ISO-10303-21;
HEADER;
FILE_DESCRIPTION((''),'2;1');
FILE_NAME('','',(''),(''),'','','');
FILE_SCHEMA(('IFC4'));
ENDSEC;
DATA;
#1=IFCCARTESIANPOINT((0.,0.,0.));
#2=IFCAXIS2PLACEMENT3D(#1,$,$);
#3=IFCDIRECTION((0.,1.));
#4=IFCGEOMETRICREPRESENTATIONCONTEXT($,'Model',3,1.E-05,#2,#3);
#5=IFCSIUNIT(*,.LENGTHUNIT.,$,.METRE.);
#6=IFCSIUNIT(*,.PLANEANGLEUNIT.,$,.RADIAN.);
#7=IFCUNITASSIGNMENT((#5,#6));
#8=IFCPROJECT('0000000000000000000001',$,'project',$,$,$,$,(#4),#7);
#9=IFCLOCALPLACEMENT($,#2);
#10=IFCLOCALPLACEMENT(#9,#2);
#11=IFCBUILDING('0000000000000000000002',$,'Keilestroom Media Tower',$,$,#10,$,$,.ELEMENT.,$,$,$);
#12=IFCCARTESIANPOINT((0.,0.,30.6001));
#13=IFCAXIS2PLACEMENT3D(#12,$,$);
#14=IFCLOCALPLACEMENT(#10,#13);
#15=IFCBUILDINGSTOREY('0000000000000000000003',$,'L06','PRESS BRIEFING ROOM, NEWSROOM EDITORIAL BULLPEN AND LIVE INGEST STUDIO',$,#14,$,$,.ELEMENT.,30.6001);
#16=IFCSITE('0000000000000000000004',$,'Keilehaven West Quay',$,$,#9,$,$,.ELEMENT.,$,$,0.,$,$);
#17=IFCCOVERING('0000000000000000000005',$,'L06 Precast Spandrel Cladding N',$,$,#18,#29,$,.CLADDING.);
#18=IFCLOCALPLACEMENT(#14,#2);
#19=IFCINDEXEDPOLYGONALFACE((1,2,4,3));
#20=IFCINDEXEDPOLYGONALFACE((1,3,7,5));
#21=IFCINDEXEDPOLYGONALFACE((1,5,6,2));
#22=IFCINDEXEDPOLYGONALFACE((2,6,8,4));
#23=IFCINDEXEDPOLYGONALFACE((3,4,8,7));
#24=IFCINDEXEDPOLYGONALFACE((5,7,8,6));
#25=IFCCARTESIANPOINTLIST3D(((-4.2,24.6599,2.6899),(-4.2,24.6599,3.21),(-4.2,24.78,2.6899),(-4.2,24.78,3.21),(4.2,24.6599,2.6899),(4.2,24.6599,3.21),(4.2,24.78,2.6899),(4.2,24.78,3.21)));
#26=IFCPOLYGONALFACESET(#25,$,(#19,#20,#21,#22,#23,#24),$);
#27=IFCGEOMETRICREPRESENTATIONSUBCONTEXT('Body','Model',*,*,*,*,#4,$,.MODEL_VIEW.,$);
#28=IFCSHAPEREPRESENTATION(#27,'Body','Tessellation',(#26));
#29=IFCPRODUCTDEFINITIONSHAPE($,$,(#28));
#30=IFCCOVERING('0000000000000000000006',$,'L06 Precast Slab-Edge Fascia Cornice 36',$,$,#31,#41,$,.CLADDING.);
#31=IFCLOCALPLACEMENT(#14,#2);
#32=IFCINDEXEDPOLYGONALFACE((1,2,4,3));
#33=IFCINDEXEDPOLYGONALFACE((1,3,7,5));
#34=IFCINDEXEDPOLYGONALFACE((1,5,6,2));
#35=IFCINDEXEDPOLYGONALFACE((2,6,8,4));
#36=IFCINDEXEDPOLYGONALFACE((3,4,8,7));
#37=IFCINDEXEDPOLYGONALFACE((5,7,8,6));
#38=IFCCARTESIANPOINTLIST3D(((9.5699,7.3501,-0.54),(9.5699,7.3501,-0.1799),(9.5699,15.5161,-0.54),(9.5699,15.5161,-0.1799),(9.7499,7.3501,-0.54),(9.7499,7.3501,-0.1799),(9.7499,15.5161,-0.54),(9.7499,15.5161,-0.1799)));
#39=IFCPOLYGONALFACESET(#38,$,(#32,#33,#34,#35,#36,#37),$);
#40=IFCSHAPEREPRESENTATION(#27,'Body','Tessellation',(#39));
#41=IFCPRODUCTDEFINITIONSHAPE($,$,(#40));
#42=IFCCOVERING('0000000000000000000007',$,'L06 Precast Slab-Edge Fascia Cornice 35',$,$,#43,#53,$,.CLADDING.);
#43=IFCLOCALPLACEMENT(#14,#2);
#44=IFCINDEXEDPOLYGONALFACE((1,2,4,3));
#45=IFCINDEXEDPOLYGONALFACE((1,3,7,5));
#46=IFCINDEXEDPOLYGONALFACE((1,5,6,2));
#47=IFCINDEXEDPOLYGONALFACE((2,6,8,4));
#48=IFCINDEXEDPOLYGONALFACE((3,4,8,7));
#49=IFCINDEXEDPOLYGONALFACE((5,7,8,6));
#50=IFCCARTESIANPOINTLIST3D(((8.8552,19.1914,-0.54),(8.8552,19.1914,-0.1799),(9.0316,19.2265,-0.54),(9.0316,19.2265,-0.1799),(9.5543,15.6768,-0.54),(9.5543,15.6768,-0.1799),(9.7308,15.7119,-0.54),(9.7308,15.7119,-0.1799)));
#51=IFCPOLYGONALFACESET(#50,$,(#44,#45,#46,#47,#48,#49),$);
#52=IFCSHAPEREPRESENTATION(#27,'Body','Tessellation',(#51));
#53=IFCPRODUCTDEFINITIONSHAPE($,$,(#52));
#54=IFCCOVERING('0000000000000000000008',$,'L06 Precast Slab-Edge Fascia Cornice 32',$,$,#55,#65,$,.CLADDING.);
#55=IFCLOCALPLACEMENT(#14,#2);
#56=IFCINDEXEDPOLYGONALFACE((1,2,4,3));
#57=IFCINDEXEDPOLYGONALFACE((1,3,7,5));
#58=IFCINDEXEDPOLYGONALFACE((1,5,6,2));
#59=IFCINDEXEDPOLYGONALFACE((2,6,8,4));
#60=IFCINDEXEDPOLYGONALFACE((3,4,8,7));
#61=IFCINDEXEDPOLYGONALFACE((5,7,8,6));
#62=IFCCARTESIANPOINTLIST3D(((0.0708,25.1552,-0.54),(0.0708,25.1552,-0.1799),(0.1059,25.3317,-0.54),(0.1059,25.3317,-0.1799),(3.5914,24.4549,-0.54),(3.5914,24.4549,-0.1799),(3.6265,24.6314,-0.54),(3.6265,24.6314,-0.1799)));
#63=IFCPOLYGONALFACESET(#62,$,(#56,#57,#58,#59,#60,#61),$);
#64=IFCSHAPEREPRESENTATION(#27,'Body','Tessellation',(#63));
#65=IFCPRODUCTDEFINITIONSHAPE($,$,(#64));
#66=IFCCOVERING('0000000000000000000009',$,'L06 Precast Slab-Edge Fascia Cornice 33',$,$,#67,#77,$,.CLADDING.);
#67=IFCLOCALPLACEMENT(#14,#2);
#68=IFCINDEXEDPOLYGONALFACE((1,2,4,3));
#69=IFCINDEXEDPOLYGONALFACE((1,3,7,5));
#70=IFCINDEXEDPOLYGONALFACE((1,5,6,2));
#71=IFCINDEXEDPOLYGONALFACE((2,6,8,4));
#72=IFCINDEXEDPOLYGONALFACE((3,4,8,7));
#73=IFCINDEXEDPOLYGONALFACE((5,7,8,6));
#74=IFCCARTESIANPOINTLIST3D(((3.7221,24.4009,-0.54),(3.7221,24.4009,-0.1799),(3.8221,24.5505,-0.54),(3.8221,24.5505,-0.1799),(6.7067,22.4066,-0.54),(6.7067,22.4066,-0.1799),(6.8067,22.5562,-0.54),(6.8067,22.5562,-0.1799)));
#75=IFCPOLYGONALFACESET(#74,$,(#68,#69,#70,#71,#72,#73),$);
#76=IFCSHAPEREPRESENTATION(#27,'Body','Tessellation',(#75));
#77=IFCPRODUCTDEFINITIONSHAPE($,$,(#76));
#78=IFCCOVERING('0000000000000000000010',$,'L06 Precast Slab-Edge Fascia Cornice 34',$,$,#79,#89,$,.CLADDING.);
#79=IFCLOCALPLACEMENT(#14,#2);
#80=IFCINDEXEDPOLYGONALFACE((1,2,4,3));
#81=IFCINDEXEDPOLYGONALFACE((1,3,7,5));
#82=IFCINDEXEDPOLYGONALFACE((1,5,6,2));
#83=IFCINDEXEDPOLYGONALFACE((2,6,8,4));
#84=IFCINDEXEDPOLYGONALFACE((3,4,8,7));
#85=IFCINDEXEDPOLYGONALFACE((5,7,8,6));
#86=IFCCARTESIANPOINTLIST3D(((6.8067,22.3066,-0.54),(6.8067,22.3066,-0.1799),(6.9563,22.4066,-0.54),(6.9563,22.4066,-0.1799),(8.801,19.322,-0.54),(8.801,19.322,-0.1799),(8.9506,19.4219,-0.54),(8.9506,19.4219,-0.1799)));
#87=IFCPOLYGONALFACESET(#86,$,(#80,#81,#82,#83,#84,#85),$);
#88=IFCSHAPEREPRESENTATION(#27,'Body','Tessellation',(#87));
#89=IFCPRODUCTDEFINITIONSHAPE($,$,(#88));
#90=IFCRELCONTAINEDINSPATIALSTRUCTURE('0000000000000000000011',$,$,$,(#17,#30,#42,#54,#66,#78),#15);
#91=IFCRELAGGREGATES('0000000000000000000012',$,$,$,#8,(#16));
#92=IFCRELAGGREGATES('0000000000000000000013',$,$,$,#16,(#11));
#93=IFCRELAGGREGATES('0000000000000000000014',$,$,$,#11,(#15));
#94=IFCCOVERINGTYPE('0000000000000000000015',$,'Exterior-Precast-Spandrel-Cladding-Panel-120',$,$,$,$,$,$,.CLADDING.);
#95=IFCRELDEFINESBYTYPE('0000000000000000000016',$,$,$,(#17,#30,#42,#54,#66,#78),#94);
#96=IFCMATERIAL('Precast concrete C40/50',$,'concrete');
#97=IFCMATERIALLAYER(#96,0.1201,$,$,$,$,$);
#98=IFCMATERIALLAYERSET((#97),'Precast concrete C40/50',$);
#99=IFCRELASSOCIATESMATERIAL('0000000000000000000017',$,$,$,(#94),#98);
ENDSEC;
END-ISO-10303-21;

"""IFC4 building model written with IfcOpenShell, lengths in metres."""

from ifc_helpers import new_model, si_unit, direction, frame, origin, origin_2d, place, context, subcontext, project, spatial, rectangle, extrude, source, transform, mapped, material, layer, layer_set, type_object, element, save


model = new_model("IFC4")

# Units and contexts
model_context = context("Model", 3, precision=1e-05, world=origin(), true_north=direction((0.0, 1.0)))
body_context = subcontext(model_context, "Body", "Model", "MODEL_VIEW")
ifc_project = project(units=[si_unit("LENGTHUNIT", "METRE"), si_unit("PLANEANGLEUNIT", "RADIAN")], contexts=[model_context])

# Site, building, storey
site_placement = place(None, origin())
site = spatial("IfcSite", under=ifc_project, at=site_placement, Name="Keilehaven West Quay", CompositionType="ELEMENT", RefElevation=0.0)
building_placement = place(site_placement, origin())
building = spatial("IfcBuilding", under=site, at=building_placement, Name="Keilestroom Media Tower", CompositionType="ELEMENT")
storey_placement = place(building_placement, frame((0.0, 0.0, 30.6001)))
storey = spatial("IfcBuildingStorey", under=building, at=storey_placement, Name="L06", Description="PRESS BRIEFING ROOM, NEWSROOM EDITORIAL BULLPEN AND LIVE INGEST STUDIO", CompositionType="ELEMENT", Elevation=30.6001)

# Shared definitions
ifc_material_1 = material(Name="Precast concrete C40/50", Category="concrete")

# Coverings
ifc_layer_1 = layer(ifc_material_1, 0.1201)
ifc_layer_set_1 = layer_set([ifc_layer_1], Name="Precast concrete C40/50")
covering_type = type_object("IfcCoveringType", Name="Exterior-Precast-Spandrel-Cladding-Panel-120", PredefinedType="CLADDING", material=ifc_layer_set_1)
shared_shape_1 = source(origin(), body_context, "Body", "SweptSolid", [
    extrude(rectangle(XDim=8.3999, YDim=0.1201, at=origin_2d()), origin(), (0.0, 0.0, 1.0), 0.52),
])
covering_1_placement = place(storey_placement, frame((0.0, 24.72, 2.6899), z_axis=(0.0, 0.0, 1.0), x_axis=(1.0, 0.0, 0.0)))
element("IfcCovering", 1, at=covering_1_placement, inside=storey, type_object=covering_type, Name="L06 Precast Spandrel Cladding N", PredefinedType="CLADDING", context=body_context, shape_type="MappedRepresentation", body=[
    mapped(shared_shape_1, transform((0.0, 0.0, 0.0), x_axis=(1.0, 0.0, 0.0), y_axis=(0.0, 1.0, 0.0), z_axis=(0.0, 0.0, 1.0), scale=1.0)),
])
shared_shape_2 = source(origin(), body_context, "Body", "SweptSolid", [
    extrude(rectangle(XDim=8.166, YDim=0.1799, at=origin_2d()), origin(), (0.0, 0.0, 1.0), 0.3601),
])
covering_2_placement = place(storey_placement, frame((9.6599, 11.4331, -0.54), z_axis=(0.0, 0.0, 1.0), x_axis=(0.0, -1.0, 0.0)))
element("IfcCovering", 2, at=covering_2_placement, inside=storey, type_object=covering_type, Name="L06 Precast Slab-Edge Fascia Cornice 36", PredefinedType="CLADDING", context=body_context, shape_type="MappedRepresentation", body=[
    mapped(shared_shape_2, transform((0.0, 0.0, 0.0), x_axis=(1.0, 0.0, 0.0), y_axis=(0.0, 1.0, 0.0), z_axis=(0.0, 0.0, 1.0), scale=1.0)),
])
shared_shape_3 = source(origin(), body_context, "Body", "SweptSolid", [
    extrude(rectangle(XDim=3.5835, YDim=0.1799, at=origin_2d()), origin(), (0.0, 0.0, 1.0), 0.3601),
])
covering_3_placement = place(storey_placement, frame((9.293, 17.4517, -0.54), z_axis=(0.0, 0.0, 1.0), x_axis=(0.195099, -0.980784, 0.0)))
element("IfcCovering", 3, at=covering_3_placement, inside=storey, type_object=covering_type, Name="L06 Precast Slab-Edge Fascia Cornice 35", PredefinedType="CLADDING", context=body_context, shape_type="MappedRepresentation", body=[
    mapped(shared_shape_3, transform((0.0, 0.0, 0.0), x_axis=(1.0, 0.0, 0.0), y_axis=(0.0, 1.0, 0.0), z_axis=(0.0, 0.0, 1.0), scale=1.0)),
])
shared_shape_4 = source(origin(), body_context, "Body", "SweptSolid", [
    extrude(rectangle(XDim=3.5896, YDim=0.1799, at=origin_2d()), origin(), (0.0, 0.0, 1.0), 0.3601),
])
for number, where, z_axis, x_axis, name in (
    (4, (1.8486, 24.8933, -0.54), (0.0, 0.0, 1.0), (0.980784, -0.195099, 0.0), "L06 Precast Slab-Edge Fascia Cornice 32"),
    (5, (5.2644, 23.4785, -0.54), (0.0, 0.0, 1.0), (0.831467, -0.555575, 0.0), "L06 Precast Slab-Edge Fascia Cornice 33"),
    (6, (7.8787, 20.8643, -0.54), (0.0, 0.0, 1.0), (0.555575, -0.831467, 0.0), "L06 Precast Slab-Edge Fascia Cornice 34"),
):
    element("IfcCovering", number, at=place(storey_placement, frame(where, z_axis=z_axis, x_axis=x_axis)), inside=storey, type_object=covering_type, Name=name, PredefinedType="CLADDING", context=body_context, shape_type="MappedRepresentation", body=[
        mapped(shared_shape_4, transform((0.0, 0.0, 0.0), x_axis=(1.0, 0.0, 0.0), y_axis=(0.0, 1.0, 0.0), z_axis=(0.0, 0.0, 1.0), scale=1.0)),
    ])

save(model, "model.ifc")
